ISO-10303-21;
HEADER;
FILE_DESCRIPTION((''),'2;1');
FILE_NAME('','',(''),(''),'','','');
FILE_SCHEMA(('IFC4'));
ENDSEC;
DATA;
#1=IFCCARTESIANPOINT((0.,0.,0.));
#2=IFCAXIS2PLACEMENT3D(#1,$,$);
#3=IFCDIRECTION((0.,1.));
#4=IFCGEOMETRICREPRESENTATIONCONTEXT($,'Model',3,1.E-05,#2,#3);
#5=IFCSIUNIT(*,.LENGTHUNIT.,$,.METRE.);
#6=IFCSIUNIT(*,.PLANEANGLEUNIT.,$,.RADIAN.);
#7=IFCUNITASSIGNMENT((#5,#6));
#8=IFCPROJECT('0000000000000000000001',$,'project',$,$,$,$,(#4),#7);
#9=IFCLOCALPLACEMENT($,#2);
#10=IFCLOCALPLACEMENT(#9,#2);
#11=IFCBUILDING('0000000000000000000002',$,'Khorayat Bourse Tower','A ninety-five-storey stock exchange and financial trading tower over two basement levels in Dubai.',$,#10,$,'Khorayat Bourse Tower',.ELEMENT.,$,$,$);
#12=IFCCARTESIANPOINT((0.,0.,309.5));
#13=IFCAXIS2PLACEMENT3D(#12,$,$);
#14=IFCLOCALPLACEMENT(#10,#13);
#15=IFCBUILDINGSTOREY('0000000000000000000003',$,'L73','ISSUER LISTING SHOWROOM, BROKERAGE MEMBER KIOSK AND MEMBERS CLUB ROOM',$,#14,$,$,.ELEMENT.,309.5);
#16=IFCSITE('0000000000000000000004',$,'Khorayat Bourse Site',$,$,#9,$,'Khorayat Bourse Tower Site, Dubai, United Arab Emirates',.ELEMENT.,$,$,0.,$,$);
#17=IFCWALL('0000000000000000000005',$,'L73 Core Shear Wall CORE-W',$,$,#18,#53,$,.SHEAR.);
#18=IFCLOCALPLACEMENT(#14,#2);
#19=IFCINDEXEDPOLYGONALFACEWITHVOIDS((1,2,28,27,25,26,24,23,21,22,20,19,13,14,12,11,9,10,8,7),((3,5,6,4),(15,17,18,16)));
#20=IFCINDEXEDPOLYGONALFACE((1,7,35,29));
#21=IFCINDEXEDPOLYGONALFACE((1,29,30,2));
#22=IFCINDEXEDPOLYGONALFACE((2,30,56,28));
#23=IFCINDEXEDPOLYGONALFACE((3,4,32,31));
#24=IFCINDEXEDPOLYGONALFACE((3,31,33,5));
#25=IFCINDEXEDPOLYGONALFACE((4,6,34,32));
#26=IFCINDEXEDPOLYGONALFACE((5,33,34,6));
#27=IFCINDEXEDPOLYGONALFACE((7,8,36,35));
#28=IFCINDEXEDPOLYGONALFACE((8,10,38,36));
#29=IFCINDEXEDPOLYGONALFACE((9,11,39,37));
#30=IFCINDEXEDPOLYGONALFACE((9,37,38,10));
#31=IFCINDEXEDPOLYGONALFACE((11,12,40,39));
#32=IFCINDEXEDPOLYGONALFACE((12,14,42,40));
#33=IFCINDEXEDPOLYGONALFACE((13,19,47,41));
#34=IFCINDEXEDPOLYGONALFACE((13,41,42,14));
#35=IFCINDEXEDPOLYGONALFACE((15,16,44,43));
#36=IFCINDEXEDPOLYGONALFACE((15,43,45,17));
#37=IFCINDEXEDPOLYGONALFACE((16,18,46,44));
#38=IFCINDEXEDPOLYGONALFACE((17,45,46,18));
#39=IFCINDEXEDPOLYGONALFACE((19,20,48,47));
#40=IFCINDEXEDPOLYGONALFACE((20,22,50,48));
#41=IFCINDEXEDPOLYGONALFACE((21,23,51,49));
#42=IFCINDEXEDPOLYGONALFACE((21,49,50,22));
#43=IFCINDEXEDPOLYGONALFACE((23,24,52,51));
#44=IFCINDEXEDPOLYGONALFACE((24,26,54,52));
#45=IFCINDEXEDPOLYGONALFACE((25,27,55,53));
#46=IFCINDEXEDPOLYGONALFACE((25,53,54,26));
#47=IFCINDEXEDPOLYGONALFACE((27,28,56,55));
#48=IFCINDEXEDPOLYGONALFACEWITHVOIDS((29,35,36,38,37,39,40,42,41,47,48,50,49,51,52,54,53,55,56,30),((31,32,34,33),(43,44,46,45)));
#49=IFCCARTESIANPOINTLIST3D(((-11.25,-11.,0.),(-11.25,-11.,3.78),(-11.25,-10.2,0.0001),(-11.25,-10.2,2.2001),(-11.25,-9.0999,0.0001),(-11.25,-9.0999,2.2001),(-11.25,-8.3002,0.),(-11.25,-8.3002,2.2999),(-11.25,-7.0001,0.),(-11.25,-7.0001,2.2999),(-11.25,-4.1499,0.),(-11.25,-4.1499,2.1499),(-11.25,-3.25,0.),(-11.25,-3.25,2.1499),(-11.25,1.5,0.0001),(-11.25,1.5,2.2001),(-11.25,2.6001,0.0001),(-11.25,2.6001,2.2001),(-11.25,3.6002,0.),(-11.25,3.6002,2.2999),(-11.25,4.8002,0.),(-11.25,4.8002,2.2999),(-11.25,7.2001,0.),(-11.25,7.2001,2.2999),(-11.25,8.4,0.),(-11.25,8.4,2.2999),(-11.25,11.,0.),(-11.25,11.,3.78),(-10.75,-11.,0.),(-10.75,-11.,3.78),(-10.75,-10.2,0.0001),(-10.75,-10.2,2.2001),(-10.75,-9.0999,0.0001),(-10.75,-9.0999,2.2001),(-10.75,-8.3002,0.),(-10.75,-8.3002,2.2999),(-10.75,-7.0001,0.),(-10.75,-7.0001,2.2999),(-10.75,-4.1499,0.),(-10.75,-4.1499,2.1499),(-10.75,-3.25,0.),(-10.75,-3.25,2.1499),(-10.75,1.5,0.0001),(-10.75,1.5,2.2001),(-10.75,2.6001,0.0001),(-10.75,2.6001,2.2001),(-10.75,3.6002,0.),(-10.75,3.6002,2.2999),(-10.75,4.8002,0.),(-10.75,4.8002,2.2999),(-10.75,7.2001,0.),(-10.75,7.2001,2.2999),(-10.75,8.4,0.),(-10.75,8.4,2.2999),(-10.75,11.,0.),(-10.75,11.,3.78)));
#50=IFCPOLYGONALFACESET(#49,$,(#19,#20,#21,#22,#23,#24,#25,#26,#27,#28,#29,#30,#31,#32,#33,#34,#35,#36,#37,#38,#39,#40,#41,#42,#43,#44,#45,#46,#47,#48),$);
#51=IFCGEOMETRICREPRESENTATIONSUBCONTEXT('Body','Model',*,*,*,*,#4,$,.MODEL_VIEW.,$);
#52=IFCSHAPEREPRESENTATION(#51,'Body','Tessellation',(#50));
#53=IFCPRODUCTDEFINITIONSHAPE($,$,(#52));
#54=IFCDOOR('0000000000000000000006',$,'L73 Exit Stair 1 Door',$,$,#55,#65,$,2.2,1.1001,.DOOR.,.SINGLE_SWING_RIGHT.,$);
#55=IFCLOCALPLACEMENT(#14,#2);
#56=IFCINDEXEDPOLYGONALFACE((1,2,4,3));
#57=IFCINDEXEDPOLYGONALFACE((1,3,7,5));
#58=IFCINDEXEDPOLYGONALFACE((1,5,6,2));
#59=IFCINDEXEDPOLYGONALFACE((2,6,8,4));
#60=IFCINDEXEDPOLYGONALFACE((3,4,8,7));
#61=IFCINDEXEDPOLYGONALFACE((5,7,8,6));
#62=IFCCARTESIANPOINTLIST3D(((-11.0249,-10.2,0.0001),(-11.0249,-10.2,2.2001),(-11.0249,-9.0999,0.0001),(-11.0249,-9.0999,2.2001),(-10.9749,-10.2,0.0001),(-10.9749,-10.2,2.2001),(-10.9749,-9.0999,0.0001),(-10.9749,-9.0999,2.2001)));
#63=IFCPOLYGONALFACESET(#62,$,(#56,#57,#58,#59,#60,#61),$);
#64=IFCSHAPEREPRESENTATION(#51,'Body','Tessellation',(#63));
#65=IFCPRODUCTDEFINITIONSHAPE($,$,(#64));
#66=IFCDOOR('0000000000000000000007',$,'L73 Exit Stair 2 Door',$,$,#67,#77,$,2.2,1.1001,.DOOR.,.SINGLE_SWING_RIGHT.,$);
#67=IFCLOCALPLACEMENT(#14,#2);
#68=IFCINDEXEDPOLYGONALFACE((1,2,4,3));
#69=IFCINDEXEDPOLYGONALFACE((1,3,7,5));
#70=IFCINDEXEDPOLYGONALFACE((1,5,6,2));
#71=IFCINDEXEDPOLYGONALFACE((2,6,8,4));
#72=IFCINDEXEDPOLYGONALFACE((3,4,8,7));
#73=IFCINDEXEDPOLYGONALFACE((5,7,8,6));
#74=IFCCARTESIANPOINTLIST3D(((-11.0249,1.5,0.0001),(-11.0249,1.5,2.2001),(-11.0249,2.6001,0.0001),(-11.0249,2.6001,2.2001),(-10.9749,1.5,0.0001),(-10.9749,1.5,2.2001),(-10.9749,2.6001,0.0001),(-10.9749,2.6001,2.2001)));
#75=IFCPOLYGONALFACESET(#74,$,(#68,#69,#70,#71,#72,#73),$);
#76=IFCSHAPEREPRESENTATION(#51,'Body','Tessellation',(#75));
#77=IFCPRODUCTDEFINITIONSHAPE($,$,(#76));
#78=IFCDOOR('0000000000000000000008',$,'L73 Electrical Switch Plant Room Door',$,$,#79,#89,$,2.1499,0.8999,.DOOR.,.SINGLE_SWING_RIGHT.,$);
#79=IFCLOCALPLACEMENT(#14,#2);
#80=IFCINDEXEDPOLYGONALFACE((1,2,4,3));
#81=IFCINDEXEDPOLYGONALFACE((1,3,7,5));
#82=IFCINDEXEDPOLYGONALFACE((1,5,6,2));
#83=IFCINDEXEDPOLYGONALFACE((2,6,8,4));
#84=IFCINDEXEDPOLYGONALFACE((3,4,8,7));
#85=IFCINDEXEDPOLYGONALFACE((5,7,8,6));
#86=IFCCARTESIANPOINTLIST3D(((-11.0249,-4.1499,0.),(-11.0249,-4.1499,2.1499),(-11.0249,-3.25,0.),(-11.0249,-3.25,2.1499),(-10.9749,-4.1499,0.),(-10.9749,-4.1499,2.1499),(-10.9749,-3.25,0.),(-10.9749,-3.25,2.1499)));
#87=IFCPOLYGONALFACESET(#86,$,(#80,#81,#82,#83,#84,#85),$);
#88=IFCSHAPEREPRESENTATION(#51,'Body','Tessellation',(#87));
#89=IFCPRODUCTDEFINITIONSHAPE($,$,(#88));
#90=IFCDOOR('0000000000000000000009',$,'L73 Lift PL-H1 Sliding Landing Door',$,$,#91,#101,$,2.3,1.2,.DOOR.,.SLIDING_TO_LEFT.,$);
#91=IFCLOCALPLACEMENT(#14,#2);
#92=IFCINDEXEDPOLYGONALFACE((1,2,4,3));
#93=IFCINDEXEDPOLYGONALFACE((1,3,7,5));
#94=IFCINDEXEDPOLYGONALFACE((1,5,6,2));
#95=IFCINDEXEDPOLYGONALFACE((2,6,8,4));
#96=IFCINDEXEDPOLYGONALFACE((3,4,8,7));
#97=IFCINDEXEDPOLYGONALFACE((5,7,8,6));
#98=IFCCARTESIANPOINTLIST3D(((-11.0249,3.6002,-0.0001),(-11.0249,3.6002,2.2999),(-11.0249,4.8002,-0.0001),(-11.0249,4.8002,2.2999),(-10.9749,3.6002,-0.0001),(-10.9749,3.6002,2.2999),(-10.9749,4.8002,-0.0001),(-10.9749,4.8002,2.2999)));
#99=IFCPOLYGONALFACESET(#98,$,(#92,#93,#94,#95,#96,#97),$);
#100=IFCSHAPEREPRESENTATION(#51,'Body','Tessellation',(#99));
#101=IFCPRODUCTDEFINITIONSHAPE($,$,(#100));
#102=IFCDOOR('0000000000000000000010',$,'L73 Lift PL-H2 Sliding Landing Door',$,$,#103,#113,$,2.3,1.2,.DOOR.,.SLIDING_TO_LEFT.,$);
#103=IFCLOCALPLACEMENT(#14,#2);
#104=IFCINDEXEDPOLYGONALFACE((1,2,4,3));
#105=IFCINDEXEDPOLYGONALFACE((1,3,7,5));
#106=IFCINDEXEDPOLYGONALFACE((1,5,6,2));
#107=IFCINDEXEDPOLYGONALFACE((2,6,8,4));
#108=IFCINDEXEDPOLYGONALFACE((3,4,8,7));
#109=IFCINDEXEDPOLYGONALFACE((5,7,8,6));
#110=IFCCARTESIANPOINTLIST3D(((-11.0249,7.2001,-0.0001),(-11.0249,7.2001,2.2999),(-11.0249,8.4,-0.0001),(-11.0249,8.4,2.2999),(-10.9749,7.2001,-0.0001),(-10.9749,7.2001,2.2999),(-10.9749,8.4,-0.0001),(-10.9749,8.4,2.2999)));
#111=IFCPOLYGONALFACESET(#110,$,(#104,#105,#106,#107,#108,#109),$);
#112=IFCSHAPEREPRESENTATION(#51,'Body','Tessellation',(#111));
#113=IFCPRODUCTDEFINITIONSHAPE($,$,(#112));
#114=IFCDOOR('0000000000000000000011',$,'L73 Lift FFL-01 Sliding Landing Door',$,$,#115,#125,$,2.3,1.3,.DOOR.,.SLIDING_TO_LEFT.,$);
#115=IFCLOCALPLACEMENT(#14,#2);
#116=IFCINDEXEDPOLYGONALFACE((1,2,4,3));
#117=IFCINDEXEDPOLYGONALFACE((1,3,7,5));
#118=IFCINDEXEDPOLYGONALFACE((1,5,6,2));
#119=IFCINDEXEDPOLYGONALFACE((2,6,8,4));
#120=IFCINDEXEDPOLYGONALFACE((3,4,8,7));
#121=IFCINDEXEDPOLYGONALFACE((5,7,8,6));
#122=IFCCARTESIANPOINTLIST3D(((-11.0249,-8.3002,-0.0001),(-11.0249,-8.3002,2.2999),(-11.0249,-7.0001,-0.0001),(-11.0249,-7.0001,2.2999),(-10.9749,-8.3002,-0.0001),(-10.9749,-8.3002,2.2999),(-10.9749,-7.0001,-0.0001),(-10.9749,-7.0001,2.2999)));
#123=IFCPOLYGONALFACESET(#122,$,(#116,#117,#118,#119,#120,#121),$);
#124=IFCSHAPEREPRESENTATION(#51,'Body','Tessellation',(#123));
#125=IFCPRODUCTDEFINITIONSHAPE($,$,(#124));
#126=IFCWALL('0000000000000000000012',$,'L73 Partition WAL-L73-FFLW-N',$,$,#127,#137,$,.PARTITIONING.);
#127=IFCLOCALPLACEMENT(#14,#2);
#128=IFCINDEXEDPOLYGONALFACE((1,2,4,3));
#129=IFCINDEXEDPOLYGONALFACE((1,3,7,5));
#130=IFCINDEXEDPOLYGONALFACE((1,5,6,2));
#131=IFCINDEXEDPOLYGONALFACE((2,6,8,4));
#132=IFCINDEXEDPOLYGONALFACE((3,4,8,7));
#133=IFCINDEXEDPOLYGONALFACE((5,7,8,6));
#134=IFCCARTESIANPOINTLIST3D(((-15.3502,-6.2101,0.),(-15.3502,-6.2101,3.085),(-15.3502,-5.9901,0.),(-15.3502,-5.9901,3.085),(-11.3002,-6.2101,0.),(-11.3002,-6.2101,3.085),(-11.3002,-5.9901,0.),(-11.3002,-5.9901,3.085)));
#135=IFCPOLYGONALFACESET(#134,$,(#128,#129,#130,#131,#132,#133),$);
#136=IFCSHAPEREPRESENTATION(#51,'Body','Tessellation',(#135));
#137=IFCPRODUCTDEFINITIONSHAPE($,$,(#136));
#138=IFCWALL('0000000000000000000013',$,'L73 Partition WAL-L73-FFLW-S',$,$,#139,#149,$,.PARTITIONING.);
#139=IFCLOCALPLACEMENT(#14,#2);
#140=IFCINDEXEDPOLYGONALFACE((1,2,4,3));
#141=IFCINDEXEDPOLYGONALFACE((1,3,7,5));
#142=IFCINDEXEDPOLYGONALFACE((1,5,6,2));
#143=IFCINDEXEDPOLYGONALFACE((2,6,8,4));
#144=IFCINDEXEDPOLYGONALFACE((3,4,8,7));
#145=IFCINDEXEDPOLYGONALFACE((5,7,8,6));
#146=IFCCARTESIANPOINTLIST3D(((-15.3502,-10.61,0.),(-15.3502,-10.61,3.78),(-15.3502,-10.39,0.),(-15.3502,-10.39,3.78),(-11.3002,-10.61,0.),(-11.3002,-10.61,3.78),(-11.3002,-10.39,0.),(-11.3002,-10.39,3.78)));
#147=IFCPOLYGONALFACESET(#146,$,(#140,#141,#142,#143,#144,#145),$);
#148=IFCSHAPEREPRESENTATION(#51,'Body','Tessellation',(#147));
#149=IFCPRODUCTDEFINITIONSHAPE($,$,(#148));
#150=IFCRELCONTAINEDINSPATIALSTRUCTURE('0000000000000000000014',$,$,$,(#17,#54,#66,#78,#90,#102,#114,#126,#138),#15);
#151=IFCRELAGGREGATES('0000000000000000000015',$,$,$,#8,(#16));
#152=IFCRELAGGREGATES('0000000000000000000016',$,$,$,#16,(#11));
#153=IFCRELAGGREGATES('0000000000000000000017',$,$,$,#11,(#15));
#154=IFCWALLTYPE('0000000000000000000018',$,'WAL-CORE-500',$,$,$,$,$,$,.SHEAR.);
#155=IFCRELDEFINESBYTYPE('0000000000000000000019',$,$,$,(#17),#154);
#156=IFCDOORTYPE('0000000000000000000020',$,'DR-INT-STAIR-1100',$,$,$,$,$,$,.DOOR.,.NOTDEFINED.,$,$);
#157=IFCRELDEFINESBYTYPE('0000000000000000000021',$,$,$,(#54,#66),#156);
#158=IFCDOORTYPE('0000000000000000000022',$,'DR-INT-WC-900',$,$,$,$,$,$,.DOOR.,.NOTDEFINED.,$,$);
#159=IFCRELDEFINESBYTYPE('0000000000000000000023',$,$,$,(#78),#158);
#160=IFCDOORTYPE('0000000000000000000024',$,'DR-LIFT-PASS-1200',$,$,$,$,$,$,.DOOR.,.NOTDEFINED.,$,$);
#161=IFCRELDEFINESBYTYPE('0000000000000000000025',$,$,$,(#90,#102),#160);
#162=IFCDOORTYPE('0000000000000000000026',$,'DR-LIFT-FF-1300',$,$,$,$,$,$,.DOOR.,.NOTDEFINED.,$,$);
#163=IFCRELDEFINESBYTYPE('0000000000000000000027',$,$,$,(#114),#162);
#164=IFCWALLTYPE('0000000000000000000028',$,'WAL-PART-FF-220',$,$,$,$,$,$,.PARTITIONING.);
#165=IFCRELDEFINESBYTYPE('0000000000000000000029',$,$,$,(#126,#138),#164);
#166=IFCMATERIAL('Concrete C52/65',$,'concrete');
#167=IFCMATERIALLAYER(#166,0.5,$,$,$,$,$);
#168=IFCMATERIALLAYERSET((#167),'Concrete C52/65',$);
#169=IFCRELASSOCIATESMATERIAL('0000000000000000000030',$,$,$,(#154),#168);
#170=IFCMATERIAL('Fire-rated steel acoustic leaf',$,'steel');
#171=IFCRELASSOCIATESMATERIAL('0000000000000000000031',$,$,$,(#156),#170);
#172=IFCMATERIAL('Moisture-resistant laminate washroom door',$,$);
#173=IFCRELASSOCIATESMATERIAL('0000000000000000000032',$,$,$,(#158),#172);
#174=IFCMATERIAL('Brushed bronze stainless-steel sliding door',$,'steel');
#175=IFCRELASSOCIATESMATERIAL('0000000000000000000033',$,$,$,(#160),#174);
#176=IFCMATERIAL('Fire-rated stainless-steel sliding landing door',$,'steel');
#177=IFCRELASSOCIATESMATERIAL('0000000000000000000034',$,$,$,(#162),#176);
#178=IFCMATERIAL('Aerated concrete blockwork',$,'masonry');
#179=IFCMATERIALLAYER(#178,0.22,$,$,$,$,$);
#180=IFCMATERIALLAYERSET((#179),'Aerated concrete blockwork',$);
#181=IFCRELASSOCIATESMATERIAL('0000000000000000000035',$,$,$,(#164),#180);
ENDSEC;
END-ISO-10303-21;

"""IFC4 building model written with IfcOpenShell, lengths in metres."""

from ifc_helpers import new_model, si_unit, direction, frame, frame_2d, origin, place, context, subcontext, project, spatial, rectangle, extrude, source, transform, mapped, material, layer, layer_set, type_object, element, fill, save


model = new_model("IFC4")

# Units and contexts
model_context = context("Model", 3, precision=1e-05, world=origin(), true_north=direction((0.0, 1.0)))
body_context = subcontext(model_context, "Body", "Model", "MODEL_VIEW")
ifc_project = project(units=[si_unit("LENGTHUNIT", "METRE"), si_unit("PLANEANGLEUNIT", "RADIAN")], contexts=[model_context])

# Site, building, storey
site_placement = place(None, origin())
site = spatial("IfcSite", under=ifc_project, at=site_placement, Name="Khorayat Bourse Site", LongName="Khorayat Bourse Tower Site, Dubai, United Arab Emirates", CompositionType="ELEMENT", RefElevation=0.0)
building_placement = place(site_placement, origin())
building = spatial("IfcBuilding", under=site, at=building_placement, Name="Khorayat Bourse Tower", Description="A ninety-five-storey stock exchange and financial trading tower over two basement levels in Dubai.", LongName="Khorayat Bourse Tower", CompositionType="ELEMENT")
storey_placement = place(building_placement, frame((0.0, 0.0, 309.5)))
storey = spatial("IfcBuildingStorey", under=building, at=storey_placement, Name="L73", Description="ISSUER LISTING SHOWROOM, BROKERAGE MEMBER KIOSK AND MEMBERS CLUB ROOM", CompositionType="ELEMENT", Elevation=309.5)

# Shared definitions
ifc_material_1 = material(Name="Concrete C52/65", Category="concrete")

# Wall, openings, doors
ifc_layer_1 = layer(ifc_material_1, 0.5)
ifc_layer_set_1 = layer_set([ifc_layer_1], Name="Concrete C52/65")
wall_type_1 = type_object("IfcWallType", Name="WAL-CORE-500", PredefinedType="SHEAR", material=ifc_layer_set_1)
shared_shape_1 = source(origin(), body_context, "Body", "SweptSolid", [
    extrude(rectangle(XDim=22.0, YDim=0.5, at=frame_2d((11.0, 0.0))), origin(), (0.0, 0.0, 1.0), 3.78),
])
wall_1_placement = place(storey_placement, frame((-11.0, -11.0, 0.0), z_axis=(0.0, 0.0, 1.0), x_axis=(0.0, 1.0, 0.0)))
wall_1 = element("IfcWall", 1, at=wall_1_placement, inside=storey, type_object=wall_type_1, Name="L73 Core Shear Wall CORE-W", PredefinedType="SHEAR", context=body_context, shape_type="MappedRepresentation", body=[
    mapped(shared_shape_1, transform((0.0, 0.0, 0.0), scale=1.0)),
])
shared_shape_2 = source(origin(), body_context, "Body", "SweptSolid", [
    extrude(rectangle(XDim=1.1001, YDim=2.2, at=frame_2d((0.55, 1.1001))), frame((0.0, 0.26, 0.0), z_axis=(0.0, -1.0, 0.0), x_axis=(1.0, 0.0, 0.0)), (0.0, 0.0, 1.0), 0.52),
])
opening_1_placement = place(wall_1_placement, frame((0.8, 0.0, 0.0)))
opening_1 = element("IfcOpeningElement", 2, at=opening_1_placement, cuts=wall_1, PredefinedType="OPENING", context=body_context, shape_type="MappedRepresentation", body=[
    mapped(shared_shape_2, transform((0.0, 0.0, 0.0), scale=1.0)),
])
opening_2_placement = place(wall_1_placement, frame((12.5, 0.0, 0.0)))
opening_2 = element("IfcOpeningElement", 3, at=opening_2_placement, cuts=wall_1, PredefinedType="OPENING", context=body_context, shape_type="MappedRepresentation", body=[
    mapped(shared_shape_2, transform((0.0, 0.0, 0.0), scale=1.0)),
])
shared_shape_3 = source(origin(), body_context, "Body", "SweptSolid", [
    extrude(rectangle(XDim=0.8999, YDim=2.1499, at=frame_2d((0.45, 1.075))), frame((0.0, 0.26, 0.0), z_axis=(0.0, -1.0, 0.0), x_axis=(1.0, 0.0, 0.0)), (0.0, 0.0, 1.0), 0.52),
])
opening_3_placement = place(wall_1_placement, frame((6.8501, 0.0, 0.0)))
opening_3 = element("IfcOpeningElement", 4, at=opening_3_placement, cuts=wall_1, PredefinedType="OPENING", context=body_context, shape_type="MappedRepresentation", body=[
    mapped(shared_shape_3, transform((0.0, 0.0, 0.0), scale=1.0)),
])
shared_shape_4 = source(origin(), body_context, "Body", "SweptSolid", [
    extrude(rectangle(XDim=1.2, YDim=2.3, at=frame_2d((0.6001, 1.1499))), frame((0.0, 0.26, 0.0), z_axis=(0.0, -1.0, 0.0), x_axis=(1.0, 0.0, 0.0)), (0.0, 0.0, 1.0), 0.52),
])
opening_4_placement = place(wall_1_placement, frame((14.6001, 0.0, 0.0)))
opening_4 = element("IfcOpeningElement", 5, at=opening_4_placement, cuts=wall_1, PredefinedType="OPENING", context=body_context, shape_type="MappedRepresentation", body=[
    mapped(shared_shape_4, transform((0.0, 0.0, 0.0), scale=1.0)),
])
opening_5_placement = place(wall_1_placement, frame((18.2, 0.0, 0.0)))
opening_5 = element("IfcOpeningElement", 6, at=opening_5_placement, cuts=wall_1, PredefinedType="OPENING", context=body_context, shape_type="MappedRepresentation", body=[
    mapped(shared_shape_4, transform((0.0, 0.0, 0.0), scale=1.0)),
])
shared_shape_5 = source(origin(), body_context, "Body", "SweptSolid", [
    extrude(rectangle(XDim=1.3, YDim=2.3, at=frame_2d((0.6499, 1.1499))), frame((0.0, 0.26, 0.0), z_axis=(0.0, -1.0, 0.0), x_axis=(1.0, 0.0, 0.0)), (0.0, 0.0, 1.0), 0.52),
])
opening_6_placement = place(wall_1_placement, frame((2.7, 0.0, 0.0)))
opening_6 = element("IfcOpeningElement", 7, at=opening_6_placement, cuts=wall_1, PredefinedType="OPENING", context=body_context, shape_type="MappedRepresentation", body=[
    mapped(shared_shape_5, transform((0.0, 0.0, 0.0), scale=1.0)),
])
ifc_material_2 = material(Name="Fire-rated steel acoustic leaf", Category="steel")
door_type_1 = type_object("IfcDoorType", Name="DR-INT-STAIR-1100", OperationType="NOTDEFINED", PredefinedType="DOOR", material=ifc_material_2)
shared_shape_6 = source(origin(), body_context, "Body", "SweptSolid", [
    extrude(rectangle(XDim=1.1001, YDim=2.2, at=frame_2d((0.55, 1.1001))), frame((0.0, 0.0249, 0.0), z_axis=(0.0, -1.0, 0.0), x_axis=(1.0, 0.0, 0.0)), (0.0, 0.0, 1.0), 0.05),
])
door_1_placement = place(opening_1_placement, origin())
door_1 = element("IfcDoor", 8, at=door_1_placement, inside=storey, type_object=door_type_1, Name="L73 Exit Stair 1 Door", OperationType="SINGLE_SWING_RIGHT", OverallHeight=2.2, OverallWidth=1.1001, PredefinedType="DOOR", context=body_context, shape_type="MappedRepresentation", body=[
    mapped(shared_shape_6, transform((0.0, 0.0, 0.0), scale=1.0)),
])
fill(opening_1, door_1)
door_2_placement = place(opening_2_placement, origin())
door_2 = element("IfcDoor", 9, at=door_2_placement, inside=storey, type_object=door_type_1, Name="L73 Exit Stair 2 Door", OperationType="SINGLE_SWING_RIGHT", OverallHeight=2.2, OverallWidth=1.1001, PredefinedType="DOOR", context=body_context, shape_type="MappedRepresentation", body=[
    mapped(shared_shape_6, transform((0.0, 0.0, 0.0), scale=1.0)),
])
fill(opening_2, door_2)
ifc_material_3 = material(Name="Moisture-resistant laminate washroom door")
door_type_2 = type_object("IfcDoorType", Name="DR-INT-WC-900", OperationType="NOTDEFINED", PredefinedType="DOOR", material=ifc_material_3)
shared_shape_7 = source(origin(), body_context, "Body", "SweptSolid", [
    extrude(rectangle(XDim=0.8999, YDim=2.1499, at=frame_2d((0.45, 1.075))), frame((0.0, 0.0249, 0.0), z_axis=(0.0, -1.0, 0.0), x_axis=(1.0, 0.0, 0.0)), (0.0, 0.0, 1.0), 0.05),
])
door_3_placement = place(opening_3_placement, origin())
door_3 = element("IfcDoor", 10, at=door_3_placement, inside=storey, type_object=door_type_2, Name="L73 Electrical Switch Plant Room Door", OperationType="SINGLE_SWING_RIGHT", OverallHeight=2.1499, OverallWidth=0.8999, PredefinedType="DOOR", context=body_context, shape_type="MappedRepresentation", body=[
    mapped(shared_shape_7, transform((0.0, 0.0, 0.0), scale=1.0)),
])
fill(opening_3, door_3)
ifc_material_4 = material(Name="Brushed bronze stainless-steel sliding door", Category="steel")
door_type_3 = type_object("IfcDoorType", Name="DR-LIFT-PASS-1200", OperationType="NOTDEFINED", PredefinedType="DOOR", material=ifc_material_4)
shared_shape_8 = source(origin(), body_context, "Body", "SweptSolid", [
    extrude(rectangle(XDim=1.2, YDim=2.3, at=frame_2d((0.6001, 1.1499))), frame((0.0, 0.0249, 0.0), z_axis=(0.0, -1.0, 0.0), x_axis=(1.0, 0.0, 0.0)), (0.0, 0.0, 1.0), 0.05),
])
door_4_placement = place(opening_4_placement, origin())
door_4 = element("IfcDoor", 11, at=door_4_placement, inside=storey, type_object=door_type_3, Name="L73 Lift PL-H1 Sliding Landing Door", OperationType="SLIDING_TO_LEFT", OverallHeight=2.3, OverallWidth=1.2, PredefinedType="DOOR", context=body_context, shape_type="MappedRepresentation", body=[
    mapped(shared_shape_8, transform((0.0, 0.0, 0.0), scale=1.0)),
])
fill(opening_4, door_4)
door_5_placement = place(opening_5_placement, origin())
door_5 = element("IfcDoor", 12, at=door_5_placement, inside=storey, type_object=door_type_3, Name="L73 Lift PL-H2 Sliding Landing Door", OperationType="SLIDING_TO_LEFT", OverallHeight=2.3, OverallWidth=1.2, PredefinedType="DOOR", context=body_context, shape_type="MappedRepresentation", body=[
    mapped(shared_shape_8, transform((0.0, 0.0, 0.0), scale=1.0)),
])
fill(opening_5, door_5)
ifc_material_5 = material(Name="Fire-rated stainless-steel sliding landing door", Category="steel")
door_type_4 = type_object("IfcDoorType", Name="DR-LIFT-FF-1300", OperationType="NOTDEFINED", PredefinedType="DOOR", material=ifc_material_5)
shared_shape_9 = source(origin(), body_context, "Body", "SweptSolid", [
    extrude(rectangle(XDim=1.3, YDim=2.3, at=frame_2d((0.6499, 1.1499))), frame((0.0, 0.0249, 0.0), z_axis=(0.0, -1.0, 0.0), x_axis=(1.0, 0.0, 0.0)), (0.0, 0.0, 1.0), 0.05),
])
door_6_placement = place(opening_6_placement, origin())
door_6 = element("IfcDoor", 13, at=door_6_placement, inside=storey, type_object=door_type_4, Name="L73 Lift FFL-01 Sliding Landing Door", OperationType="SLIDING_TO_LEFT", OverallHeight=2.3, OverallWidth=1.3, PredefinedType="DOOR", context=body_context, shape_type="MappedRepresentation", body=[
    mapped(shared_shape_9, transform((0.0, 0.0, 0.0), scale=1.0)),
])
fill(opening_6, door_6)

# Walls
ifc_material_6 = material(Name="Aerated concrete blockwork", Category="masonry")
ifc_layer_2 = layer(ifc_material_6, 0.22)
ifc_layer_set_2 = layer_set([ifc_layer_2], Name="Aerated concrete blockwork")
wall_type_2 = type_object("IfcWallType", Name="WAL-PART-FF-220", PredefinedType="PARTITIONING", material=ifc_layer_set_2)
shared_shape_10 = source(origin(), body_context, "Body", "SweptSolid", [
    extrude(rectangle(XDim=4.05, YDim=0.22, at=frame_2d((2.0249, 0.0))), origin(), (0.0, 0.0, 1.0), 3.085),
])
wall_2_placement = place(storey_placement, frame((-15.3501, -6.1001, 0.0), z_axis=(0.0, 0.0, 1.0), x_axis=(1.0, 0.0, 0.0)))
element("IfcWall", 14, at=wall_2_placement, inside=storey, type_object=wall_type_2, Name="L73 Partition WAL-L73-FFLW-N", PredefinedType="PARTITIONING", context=body_context, shape_type="MappedRepresentation", body=[
    mapped(shared_shape_10, transform((0.0, 0.0, 0.0), scale=1.0)),
])
shared_shape_11 = source(origin(), body_context, "Body", "SweptSolid", [
    extrude(rectangle(XDim=4.05, YDim=0.22, at=frame_2d((2.0249, 0.0))), origin(), (0.0, 0.0, 1.0), 3.78),
])
wall_3_placement = place(storey_placement, frame((-15.3501, -10.5, 0.0), z_axis=(0.0, 0.0, 1.0), x_axis=(1.0, 0.0, 0.0)))
element("IfcWall", 15, at=wall_3_placement, inside=storey, type_object=wall_type_2, Name="L73 Partition WAL-L73-FFLW-S", PredefinedType="PARTITIONING", context=body_context, shape_type="MappedRepresentation", body=[
    mapped(shared_shape_11, transform((0.0, 0.0, 0.0), scale=1.0)),
])

save(model, "model.ifc")
